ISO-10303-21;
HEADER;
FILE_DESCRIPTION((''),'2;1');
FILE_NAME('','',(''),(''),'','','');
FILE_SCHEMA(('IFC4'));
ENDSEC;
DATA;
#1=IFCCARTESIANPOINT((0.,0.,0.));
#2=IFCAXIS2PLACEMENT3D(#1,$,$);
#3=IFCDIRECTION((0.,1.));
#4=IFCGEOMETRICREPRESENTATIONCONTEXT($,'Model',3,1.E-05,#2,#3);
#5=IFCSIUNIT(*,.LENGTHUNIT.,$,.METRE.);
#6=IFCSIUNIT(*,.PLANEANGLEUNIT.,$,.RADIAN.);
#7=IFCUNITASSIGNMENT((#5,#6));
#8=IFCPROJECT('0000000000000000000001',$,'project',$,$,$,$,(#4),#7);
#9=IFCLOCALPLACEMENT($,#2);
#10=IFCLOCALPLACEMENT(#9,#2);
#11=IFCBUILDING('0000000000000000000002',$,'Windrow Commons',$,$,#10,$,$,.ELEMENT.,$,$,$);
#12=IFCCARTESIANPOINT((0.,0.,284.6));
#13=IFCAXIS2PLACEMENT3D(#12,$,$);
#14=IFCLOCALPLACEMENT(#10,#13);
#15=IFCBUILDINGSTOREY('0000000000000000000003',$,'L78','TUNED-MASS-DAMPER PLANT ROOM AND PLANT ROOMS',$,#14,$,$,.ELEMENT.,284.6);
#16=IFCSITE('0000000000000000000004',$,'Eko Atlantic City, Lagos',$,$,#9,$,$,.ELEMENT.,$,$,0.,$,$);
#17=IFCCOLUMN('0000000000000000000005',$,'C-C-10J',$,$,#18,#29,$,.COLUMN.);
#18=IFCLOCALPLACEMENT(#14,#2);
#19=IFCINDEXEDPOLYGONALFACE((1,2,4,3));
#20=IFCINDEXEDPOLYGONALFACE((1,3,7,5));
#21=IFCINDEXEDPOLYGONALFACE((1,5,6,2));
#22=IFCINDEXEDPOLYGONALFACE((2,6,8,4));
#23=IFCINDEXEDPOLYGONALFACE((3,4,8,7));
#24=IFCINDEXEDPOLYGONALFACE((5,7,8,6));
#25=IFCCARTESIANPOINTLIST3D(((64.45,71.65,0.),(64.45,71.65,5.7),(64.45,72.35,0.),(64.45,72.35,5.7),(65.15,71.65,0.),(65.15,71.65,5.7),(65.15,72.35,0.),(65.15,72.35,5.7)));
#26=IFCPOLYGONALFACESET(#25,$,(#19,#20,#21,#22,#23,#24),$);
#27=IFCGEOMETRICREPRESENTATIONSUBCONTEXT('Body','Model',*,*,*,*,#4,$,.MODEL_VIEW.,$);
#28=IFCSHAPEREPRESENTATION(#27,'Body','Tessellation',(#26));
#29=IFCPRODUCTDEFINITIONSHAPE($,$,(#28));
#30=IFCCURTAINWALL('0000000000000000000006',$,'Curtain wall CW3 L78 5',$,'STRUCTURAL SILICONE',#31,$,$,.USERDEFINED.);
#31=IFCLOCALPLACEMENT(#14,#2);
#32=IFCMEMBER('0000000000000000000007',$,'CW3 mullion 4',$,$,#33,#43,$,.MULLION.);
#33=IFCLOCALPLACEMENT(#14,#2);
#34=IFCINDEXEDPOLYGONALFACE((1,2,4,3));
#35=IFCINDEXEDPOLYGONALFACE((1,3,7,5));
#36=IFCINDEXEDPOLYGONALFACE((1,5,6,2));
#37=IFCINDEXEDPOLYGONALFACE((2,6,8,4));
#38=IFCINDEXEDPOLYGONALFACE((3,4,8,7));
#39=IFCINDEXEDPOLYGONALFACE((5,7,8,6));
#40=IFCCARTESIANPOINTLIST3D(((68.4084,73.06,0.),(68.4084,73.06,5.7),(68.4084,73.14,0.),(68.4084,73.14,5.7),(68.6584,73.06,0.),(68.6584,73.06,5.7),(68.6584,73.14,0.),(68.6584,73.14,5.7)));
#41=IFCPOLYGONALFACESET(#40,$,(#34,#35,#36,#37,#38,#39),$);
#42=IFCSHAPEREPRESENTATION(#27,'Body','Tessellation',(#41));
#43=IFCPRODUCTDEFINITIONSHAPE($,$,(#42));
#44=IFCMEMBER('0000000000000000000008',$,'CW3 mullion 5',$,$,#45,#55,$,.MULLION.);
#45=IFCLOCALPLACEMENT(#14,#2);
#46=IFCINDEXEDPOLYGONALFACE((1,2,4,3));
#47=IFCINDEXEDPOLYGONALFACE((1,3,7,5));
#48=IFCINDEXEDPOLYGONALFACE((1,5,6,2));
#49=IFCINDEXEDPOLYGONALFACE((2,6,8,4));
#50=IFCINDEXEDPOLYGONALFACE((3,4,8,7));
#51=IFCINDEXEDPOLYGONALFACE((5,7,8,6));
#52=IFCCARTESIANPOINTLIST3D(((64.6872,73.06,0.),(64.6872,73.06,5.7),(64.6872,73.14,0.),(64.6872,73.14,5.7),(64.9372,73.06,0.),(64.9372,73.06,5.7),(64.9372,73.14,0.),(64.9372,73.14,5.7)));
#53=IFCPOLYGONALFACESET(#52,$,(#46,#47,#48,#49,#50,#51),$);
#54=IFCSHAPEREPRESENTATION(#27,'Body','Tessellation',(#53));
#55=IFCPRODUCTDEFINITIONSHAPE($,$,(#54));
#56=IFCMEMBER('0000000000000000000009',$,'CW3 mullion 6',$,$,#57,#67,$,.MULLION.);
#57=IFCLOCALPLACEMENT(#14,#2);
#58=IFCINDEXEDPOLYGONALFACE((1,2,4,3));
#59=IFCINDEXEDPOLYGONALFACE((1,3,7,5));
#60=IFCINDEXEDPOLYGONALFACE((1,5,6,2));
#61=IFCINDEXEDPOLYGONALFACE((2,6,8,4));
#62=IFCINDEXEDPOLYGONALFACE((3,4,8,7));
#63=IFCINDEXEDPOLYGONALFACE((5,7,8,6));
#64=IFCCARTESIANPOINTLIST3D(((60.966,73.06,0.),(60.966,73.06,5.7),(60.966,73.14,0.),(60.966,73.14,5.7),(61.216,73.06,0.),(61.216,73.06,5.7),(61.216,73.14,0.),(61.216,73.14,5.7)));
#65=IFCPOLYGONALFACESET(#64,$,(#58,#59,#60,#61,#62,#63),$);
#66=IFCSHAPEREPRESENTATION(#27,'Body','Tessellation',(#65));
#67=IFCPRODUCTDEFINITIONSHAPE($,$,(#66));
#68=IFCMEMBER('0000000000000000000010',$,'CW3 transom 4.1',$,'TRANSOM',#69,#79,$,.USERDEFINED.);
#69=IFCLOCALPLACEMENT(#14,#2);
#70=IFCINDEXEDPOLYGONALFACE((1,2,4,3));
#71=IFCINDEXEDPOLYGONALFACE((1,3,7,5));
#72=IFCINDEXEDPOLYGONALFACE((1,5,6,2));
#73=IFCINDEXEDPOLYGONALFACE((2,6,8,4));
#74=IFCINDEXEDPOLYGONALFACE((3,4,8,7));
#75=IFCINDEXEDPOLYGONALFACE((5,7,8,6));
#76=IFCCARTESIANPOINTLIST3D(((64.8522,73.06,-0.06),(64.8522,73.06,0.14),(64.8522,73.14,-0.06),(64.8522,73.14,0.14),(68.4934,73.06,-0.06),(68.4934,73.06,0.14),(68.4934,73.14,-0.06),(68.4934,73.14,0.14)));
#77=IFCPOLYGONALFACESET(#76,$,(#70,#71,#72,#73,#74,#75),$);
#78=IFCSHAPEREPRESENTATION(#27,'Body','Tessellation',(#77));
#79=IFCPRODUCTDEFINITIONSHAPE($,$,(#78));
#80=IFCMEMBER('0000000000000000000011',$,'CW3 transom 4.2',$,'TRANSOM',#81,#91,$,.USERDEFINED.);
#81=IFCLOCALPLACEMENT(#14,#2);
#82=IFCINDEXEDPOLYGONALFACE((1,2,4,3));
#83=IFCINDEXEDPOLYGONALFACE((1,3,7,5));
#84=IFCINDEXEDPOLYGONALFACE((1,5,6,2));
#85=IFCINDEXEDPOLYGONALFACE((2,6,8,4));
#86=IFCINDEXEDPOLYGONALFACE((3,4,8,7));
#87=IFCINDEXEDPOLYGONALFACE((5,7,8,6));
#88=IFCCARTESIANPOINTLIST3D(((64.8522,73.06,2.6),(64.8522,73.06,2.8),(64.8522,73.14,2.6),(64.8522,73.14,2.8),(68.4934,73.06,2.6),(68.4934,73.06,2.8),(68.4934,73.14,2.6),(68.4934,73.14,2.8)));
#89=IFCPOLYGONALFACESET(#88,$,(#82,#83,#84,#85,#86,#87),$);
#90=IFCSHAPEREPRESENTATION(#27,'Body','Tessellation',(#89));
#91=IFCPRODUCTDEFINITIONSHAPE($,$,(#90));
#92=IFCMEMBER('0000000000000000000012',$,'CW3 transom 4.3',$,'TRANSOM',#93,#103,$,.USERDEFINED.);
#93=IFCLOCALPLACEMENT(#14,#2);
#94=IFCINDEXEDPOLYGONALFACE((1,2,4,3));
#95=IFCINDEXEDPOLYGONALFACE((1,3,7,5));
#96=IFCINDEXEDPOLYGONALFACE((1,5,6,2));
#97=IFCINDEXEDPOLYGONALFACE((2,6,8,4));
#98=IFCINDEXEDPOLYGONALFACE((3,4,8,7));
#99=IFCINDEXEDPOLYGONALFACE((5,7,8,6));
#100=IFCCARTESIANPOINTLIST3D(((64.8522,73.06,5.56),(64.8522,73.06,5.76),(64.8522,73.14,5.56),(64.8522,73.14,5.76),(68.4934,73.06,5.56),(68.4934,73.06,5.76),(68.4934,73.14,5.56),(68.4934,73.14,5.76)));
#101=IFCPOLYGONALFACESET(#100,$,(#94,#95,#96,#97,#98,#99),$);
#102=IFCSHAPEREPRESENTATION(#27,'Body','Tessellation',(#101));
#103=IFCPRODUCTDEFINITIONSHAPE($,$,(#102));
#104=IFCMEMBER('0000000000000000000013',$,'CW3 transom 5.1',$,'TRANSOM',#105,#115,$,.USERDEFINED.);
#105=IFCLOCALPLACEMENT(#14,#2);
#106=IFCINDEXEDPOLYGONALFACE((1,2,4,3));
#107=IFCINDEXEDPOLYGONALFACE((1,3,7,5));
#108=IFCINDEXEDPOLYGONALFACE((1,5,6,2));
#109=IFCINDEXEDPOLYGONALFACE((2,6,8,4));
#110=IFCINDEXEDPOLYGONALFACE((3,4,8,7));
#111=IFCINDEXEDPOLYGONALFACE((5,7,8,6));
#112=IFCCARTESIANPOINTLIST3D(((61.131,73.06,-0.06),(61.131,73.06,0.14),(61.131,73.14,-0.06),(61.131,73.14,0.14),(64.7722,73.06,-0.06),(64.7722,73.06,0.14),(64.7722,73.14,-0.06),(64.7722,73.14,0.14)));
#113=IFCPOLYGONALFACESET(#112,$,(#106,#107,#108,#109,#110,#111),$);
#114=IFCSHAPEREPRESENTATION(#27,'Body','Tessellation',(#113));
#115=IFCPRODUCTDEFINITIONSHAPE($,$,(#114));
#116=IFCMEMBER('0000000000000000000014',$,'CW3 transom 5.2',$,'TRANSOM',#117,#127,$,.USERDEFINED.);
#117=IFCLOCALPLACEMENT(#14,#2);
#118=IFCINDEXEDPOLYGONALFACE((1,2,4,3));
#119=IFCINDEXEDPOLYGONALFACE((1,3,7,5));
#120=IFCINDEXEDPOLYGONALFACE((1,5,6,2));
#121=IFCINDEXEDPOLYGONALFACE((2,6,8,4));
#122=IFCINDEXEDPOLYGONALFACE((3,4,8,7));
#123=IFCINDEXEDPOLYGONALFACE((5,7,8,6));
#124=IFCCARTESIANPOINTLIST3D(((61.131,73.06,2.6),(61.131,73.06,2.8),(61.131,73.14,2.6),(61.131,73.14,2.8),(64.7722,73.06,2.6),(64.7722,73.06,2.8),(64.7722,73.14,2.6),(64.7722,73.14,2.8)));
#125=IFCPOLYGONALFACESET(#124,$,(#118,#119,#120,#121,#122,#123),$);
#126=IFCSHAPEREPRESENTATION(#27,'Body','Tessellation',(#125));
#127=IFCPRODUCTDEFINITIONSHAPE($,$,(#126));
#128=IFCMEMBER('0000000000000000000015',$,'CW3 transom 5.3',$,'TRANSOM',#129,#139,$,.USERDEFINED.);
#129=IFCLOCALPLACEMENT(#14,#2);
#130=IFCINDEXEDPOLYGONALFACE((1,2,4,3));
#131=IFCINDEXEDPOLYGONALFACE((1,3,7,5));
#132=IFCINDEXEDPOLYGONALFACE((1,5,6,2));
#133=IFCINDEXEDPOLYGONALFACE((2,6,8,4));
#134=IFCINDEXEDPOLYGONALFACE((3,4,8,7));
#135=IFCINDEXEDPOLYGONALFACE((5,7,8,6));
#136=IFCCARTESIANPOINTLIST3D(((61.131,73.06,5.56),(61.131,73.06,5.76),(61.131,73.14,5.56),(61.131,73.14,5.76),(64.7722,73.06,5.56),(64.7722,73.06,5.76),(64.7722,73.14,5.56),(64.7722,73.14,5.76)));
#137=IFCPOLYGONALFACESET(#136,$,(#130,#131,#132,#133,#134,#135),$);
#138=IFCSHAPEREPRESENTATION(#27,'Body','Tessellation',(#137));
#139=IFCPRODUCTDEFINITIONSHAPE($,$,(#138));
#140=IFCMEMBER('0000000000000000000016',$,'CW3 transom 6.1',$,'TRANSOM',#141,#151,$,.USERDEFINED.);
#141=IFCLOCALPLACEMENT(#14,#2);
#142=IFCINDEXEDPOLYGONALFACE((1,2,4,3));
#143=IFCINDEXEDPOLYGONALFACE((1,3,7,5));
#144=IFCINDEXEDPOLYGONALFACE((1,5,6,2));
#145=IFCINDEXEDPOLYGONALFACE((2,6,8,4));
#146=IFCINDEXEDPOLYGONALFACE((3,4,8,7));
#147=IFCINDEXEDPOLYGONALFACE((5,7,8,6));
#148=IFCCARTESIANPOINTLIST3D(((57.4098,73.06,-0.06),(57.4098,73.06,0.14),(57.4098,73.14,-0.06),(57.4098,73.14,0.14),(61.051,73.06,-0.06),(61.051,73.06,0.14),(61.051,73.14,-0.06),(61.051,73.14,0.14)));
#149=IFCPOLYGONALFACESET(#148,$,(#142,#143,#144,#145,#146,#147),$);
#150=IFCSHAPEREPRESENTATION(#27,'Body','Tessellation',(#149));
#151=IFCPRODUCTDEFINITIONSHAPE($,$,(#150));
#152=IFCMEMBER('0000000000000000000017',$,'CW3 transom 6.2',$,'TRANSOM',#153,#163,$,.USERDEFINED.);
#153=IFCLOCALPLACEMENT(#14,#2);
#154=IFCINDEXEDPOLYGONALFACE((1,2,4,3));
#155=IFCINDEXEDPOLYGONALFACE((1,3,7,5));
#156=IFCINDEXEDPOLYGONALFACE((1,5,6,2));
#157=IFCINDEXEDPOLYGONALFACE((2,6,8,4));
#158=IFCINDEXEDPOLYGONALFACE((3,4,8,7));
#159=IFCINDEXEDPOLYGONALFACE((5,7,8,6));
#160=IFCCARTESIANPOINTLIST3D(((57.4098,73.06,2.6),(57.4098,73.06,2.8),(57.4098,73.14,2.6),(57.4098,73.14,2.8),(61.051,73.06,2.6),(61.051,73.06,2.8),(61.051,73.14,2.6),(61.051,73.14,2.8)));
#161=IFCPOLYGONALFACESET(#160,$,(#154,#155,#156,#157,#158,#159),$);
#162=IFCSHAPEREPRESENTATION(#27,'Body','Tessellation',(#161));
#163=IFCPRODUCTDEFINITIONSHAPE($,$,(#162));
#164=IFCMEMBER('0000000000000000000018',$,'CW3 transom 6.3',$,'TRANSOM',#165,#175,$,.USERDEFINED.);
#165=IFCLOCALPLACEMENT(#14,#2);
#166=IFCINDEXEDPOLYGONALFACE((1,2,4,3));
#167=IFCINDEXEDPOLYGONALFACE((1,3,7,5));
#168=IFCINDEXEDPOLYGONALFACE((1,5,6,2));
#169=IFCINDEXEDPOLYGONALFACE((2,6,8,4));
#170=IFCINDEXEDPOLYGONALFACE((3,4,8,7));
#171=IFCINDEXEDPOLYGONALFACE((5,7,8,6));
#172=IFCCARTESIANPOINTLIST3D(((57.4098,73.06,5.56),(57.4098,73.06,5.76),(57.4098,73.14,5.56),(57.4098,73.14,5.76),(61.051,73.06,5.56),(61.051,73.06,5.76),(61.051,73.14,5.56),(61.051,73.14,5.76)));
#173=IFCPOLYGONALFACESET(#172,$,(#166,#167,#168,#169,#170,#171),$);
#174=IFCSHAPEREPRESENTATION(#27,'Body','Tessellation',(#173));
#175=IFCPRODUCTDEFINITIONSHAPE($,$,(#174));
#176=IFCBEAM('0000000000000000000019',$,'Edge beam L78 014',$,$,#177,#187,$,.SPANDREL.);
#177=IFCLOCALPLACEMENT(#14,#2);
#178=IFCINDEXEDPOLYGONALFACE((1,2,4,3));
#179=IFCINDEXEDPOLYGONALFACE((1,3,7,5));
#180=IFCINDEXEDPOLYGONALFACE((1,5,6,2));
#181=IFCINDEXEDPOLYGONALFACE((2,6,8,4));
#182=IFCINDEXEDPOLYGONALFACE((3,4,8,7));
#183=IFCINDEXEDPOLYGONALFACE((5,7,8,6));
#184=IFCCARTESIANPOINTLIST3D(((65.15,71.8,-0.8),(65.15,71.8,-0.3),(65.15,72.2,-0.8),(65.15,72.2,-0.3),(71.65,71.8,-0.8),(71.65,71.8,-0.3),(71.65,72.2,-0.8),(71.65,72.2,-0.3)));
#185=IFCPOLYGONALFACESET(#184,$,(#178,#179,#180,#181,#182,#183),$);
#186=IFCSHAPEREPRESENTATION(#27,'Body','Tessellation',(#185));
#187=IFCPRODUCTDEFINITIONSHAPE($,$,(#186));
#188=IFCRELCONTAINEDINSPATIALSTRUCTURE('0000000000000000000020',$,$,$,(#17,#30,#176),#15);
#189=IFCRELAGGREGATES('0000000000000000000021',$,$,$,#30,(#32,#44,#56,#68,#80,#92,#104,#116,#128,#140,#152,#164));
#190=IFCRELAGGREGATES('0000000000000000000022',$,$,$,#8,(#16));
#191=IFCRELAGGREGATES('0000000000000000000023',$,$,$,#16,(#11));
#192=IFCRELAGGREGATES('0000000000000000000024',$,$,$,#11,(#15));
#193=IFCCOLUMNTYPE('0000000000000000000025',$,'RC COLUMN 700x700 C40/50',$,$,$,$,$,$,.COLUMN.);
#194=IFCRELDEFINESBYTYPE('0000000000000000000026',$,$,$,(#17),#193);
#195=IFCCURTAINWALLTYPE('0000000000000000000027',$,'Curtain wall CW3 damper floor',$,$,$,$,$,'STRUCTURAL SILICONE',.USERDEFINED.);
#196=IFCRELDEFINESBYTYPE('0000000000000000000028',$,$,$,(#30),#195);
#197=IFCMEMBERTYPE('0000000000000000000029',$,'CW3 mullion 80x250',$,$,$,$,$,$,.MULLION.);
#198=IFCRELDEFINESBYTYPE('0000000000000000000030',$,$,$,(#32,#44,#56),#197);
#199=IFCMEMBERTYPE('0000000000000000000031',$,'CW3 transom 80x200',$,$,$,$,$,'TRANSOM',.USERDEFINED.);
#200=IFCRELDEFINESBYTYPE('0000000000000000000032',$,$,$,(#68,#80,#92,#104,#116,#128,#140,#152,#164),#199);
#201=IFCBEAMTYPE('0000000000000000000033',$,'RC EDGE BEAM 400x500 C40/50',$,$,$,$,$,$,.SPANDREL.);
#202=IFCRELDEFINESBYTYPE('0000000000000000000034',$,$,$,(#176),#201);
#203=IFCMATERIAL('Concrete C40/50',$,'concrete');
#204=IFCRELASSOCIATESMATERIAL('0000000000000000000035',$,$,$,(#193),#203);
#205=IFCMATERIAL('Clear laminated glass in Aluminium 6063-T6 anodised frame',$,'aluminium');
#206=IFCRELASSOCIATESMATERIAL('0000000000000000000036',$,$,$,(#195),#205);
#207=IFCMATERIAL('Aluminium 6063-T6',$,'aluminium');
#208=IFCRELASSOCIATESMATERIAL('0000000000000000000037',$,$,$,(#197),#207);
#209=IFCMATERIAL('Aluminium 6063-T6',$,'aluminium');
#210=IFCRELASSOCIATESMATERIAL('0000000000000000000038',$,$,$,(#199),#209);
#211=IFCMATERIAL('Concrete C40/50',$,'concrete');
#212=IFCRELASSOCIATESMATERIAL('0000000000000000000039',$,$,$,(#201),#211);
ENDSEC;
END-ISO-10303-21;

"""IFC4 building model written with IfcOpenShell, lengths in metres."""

from ifc_helpers import new_model, si_unit, direction, frame, origin, origin_2d, place, context, subcontext, project, spatial, rectangle, extrude, material, material_profile, profile_set, type_object, element, aggregate, save


model = new_model("IFC4")

# Units and contexts
model_context = context("Model", 3, precision=1e-05, world=origin(), true_north=direction((0.0, 1.0)))
body_context = subcontext(model_context, "Body", "Model", "MODEL_VIEW")
ifc_project = project(units=[si_unit("LENGTHUNIT", "METRE"), si_unit("PLANEANGLEUNIT", "RADIAN")], contexts=[model_context])

# Site, building, storey
site_placement = place(None, origin())
site = spatial("IfcSite", under=ifc_project, at=site_placement, Name="Eko Atlantic City, Lagos", CompositionType="ELEMENT", RefElevation=0.0)
building_placement = place(site_placement, origin())
building = spatial("IfcBuilding", under=site, at=building_placement, Name="Windrow Commons", CompositionType="ELEMENT")
storey_placement = place(building_placement, frame((0.0, 0.0, 284.6)))
storey = spatial("IfcBuildingStorey", under=building, at=storey_placement, Name="L78", Description="TUNED-MASS-DAMPER PLANT ROOM AND PLANT ROOMS", CompositionType="ELEMENT", Elevation=284.6)

# Column
ifc_material_1 = material(Name="Concrete C40/50", Category="concrete")
ifc_material_profile_1 = material_profile(ifc_material_1, rectangle(XDim=0.7, YDim=0.7, at=origin_2d()))
ifc_profile_set_1 = profile_set([ifc_material_profile_1], Name="Concrete C40/50")
column_type = type_object("IfcColumnType", Name="RC COLUMN 700x700 C40/50", PredefinedType="COLUMN", material=ifc_profile_set_1)
column_placement = place(storey_placement, frame((64.8, 72.0, 0.0), z_axis=(0.0, 0.0, 1.0), x_axis=(1.0, 0.0, 0.0)))
element("IfcColumn", 1, at=column_placement, inside=storey, type_object=column_type, Name="C-C-10J", PredefinedType="COLUMN", context=body_context, shape_type="SweptSolid", body=[
    extrude(rectangle(XDim=0.7, YDim=0.7, at=origin_2d()), origin(), (0.0, 0.0, 1.0), 5.7),
])

# Curtain wall, members
ifc_material_2 = material(Name="Clear laminated glass in Aluminium 6063-T6 anodised frame", Category="aluminium")
curtain_wall_type = type_object("IfcCurtainWallType", Name="Curtain wall CW3 damper floor", ElementType="STRUCTURAL SILICONE", PredefinedType="USERDEFINED", material=ifc_material_2)
curtain_wall_placement = place(storey_placement, origin())
curtain_wall = element("IfcCurtainWall", 2, at=curtain_wall_placement, inside=storey, type_object=curtain_wall_type, Name="Curtain wall CW3 L78 5", ObjectType="STRUCTURAL SILICONE", PredefinedType="USERDEFINED")
ifc_material_3 = material(Name="Aluminium 6063-T6", Category="aluminium")
ifc_material_profile_2 = material_profile(ifc_material_3, rectangle(XDim=0.08, YDim=0.25, at=origin_2d()))
ifc_profile_set_2 = profile_set([ifc_material_profile_2], Name="Aluminium 6063-T6")
member_type_1 = type_object("IfcMemberType", Name="CW3 mullion 80x250", PredefinedType="MULLION", material=ifc_profile_set_2)
member_1_placement = place(storey_placement, frame((68.5334, 73.1, 0.0), z_axis=(0.0, 0.0, 1.0), x_axis=(0.0, -1.0, 0.0)))
member_1 = element("IfcMember", 3, at=member_1_placement, type_object=member_type_1, Name="CW3 mullion 4", PredefinedType="MULLION", context=body_context, shape_type="SweptSolid", body=[
    extrude(rectangle(XDim=0.08, YDim=0.25, at=origin_2d()), origin(), (0.0, 0.0, 1.0), 5.7),
])
member_2_placement = place(storey_placement, frame((64.8122, 73.1, 0.0), z_axis=(0.0, 0.0, 1.0), x_axis=(0.0, -1.0, 0.0)))
member_2 = element("IfcMember", 4, at=member_2_placement, type_object=member_type_1, Name="CW3 mullion 5", PredefinedType="MULLION", context=body_context, shape_type="SweptSolid", body=[
    extrude(rectangle(XDim=0.08, YDim=0.25, at=origin_2d()), origin(), (0.0, 0.0, 1.0), 5.7),
])
member_3_placement = place(storey_placement, frame((61.091, 73.1, 0.0), z_axis=(0.0, 0.0, 1.0), x_axis=(0.0, -1.0, 0.0)))
member_3 = element("IfcMember", 5, at=member_3_placement, type_object=member_type_1, Name="CW3 mullion 6", PredefinedType="MULLION", context=body_context, shape_type="SweptSolid", body=[
    extrude(rectangle(XDim=0.08, YDim=0.25, at=origin_2d()), origin(), (0.0, 0.0, 1.0), 5.7),
])
ifc_material_4 = material(Name="Aluminium 6063-T6", Category="aluminium")
ifc_material_profile_3 = material_profile(ifc_material_4, rectangle(XDim=0.08, YDim=0.2, at=origin_2d()))
ifc_profile_set_3 = profile_set([ifc_material_profile_3], Name="Aluminium 6063-T6")
member_type_2 = type_object("IfcMemberType", Name="CW3 transom 80x200", ElementType="TRANSOM", PredefinedType="USERDEFINED", material=ifc_profile_set_3)
member_4_placement = place(storey_placement, frame((68.4934, 73.1, 0.04), z_axis=(-1.0, 0.0, 0.0), x_axis=(0.0, -1.0, 0.0)))
member_4 = element("IfcMember", 6, at=member_4_placement, type_object=member_type_2, Name="CW3 transom 4.1", ObjectType="TRANSOM", PredefinedType="USERDEFINED", context=body_context, shape_type="SweptSolid", body=[
    extrude(rectangle(XDim=0.08, YDim=0.2, at=origin_2d()), origin(), (0.0, 0.0, 1.0), 3.6412),
])
member_5_placement = place(storey_placement, frame((68.4934, 73.1, 2.7), z_axis=(-1.0, 0.0, 0.0), x_axis=(0.0, -1.0, 0.0)))
member_5 = element("IfcMember", 7, at=member_5_placement, type_object=member_type_2, Name="CW3 transom 4.2", ObjectType="TRANSOM", PredefinedType="USERDEFINED", context=body_context, shape_type="SweptSolid", body=[
    extrude(rectangle(XDim=0.08, YDim=0.2, at=origin_2d()), origin(), (0.0, 0.0, 1.0), 3.6412),
])
member_6_placement = place(storey_placement, frame((68.4934, 73.1, 5.66), z_axis=(-1.0, 0.0, 0.0), x_axis=(0.0, -1.0, 0.0)))
member_6 = element("IfcMember", 8, at=member_6_placement, type_object=member_type_2, Name="CW3 transom 4.3", ObjectType="TRANSOM", PredefinedType="USERDEFINED", context=body_context, shape_type="SweptSolid", body=[
    extrude(rectangle(XDim=0.08, YDim=0.2, at=origin_2d()), origin(), (0.0, 0.0, 1.0), 3.6412),
])
member_7_placement = place(storey_placement, frame((64.7722, 73.1, 0.04), z_axis=(-1.0, 0.0, 0.0), x_axis=(0.0, -1.0, 0.0)))
member_7 = element("IfcMember", 9, at=member_7_placement, type_object=member_type_2, Name="CW3 transom 5.1", ObjectType="TRANSOM", PredefinedType="USERDEFINED", context=body_context, shape_type="SweptSolid", body=[
    extrude(rectangle(XDim=0.08, YDim=0.2, at=origin_2d()), origin(), (0.0, 0.0, 1.0), 3.6412),
])
member_8_placement = place(storey_placement, frame((64.7722, 73.1, 2.7), z_axis=(-1.0, 0.0, 0.0), x_axis=(0.0, -1.0, 0.0)))
member_8 = element("IfcMember", 10, at=member_8_placement, type_object=member_type_2, Name="CW3 transom 5.2", ObjectType="TRANSOM", PredefinedType="USERDEFINED", context=body_context, shape_type="SweptSolid", body=[
    extrude(rectangle(XDim=0.08, YDim=0.2, at=origin_2d()), origin(), (0.0, 0.0, 1.0), 3.6412),
])
member_9_placement = place(storey_placement, frame((64.7722, 73.1, 5.66), z_axis=(-1.0, 0.0, 0.0), x_axis=(0.0, -1.0, 0.0)))
member_9 = element("IfcMember", 11, at=member_9_placement, type_object=member_type_2, Name="CW3 transom 5.3", ObjectType="TRANSOM", PredefinedType="USERDEFINED", context=body_context, shape_type="SweptSolid", body=[
    extrude(rectangle(XDim=0.08, YDim=0.2, at=origin_2d()), origin(), (0.0, 0.0, 1.0), 3.6412),
])
member_10_placement = place(storey_placement, frame((61.051, 73.1, 0.04), z_axis=(-1.0, 0.0, 0.0), x_axis=(0.0, -1.0, 0.0)))
member_10 = element("IfcMember", 12, at=member_10_placement, type_object=member_type_2, Name="CW3 transom 6.1", ObjectType="TRANSOM", PredefinedType="USERDEFINED", context=body_context, shape_type="SweptSolid", body=[
    extrude(rectangle(XDim=0.08, YDim=0.2, at=origin_2d()), origin(), (0.0, 0.0, 1.0), 3.6412),
])
member_11_placement = place(storey_placement, frame((61.051, 73.1, 2.7), z_axis=(-1.0, 0.0, 0.0), x_axis=(0.0, -1.0, 0.0)))
member_11 = element("IfcMember", 13, at=member_11_placement, type_object=member_type_2, Name="CW3 transom 6.2", ObjectType="TRANSOM", PredefinedType="USERDEFINED", context=body_context, shape_type="SweptSolid", body=[
    extrude(rectangle(XDim=0.08, YDim=0.2, at=origin_2d()), origin(), (0.0, 0.0, 1.0), 3.6412),
])
member_12_placement = place(storey_placement, frame((61.051, 73.1, 5.66), z_axis=(-1.0, 0.0, 0.0), x_axis=(0.0, -1.0, 0.0)))
member_12 = element("IfcMember", 14, at=member_12_placement, type_object=member_type_2, Name="CW3 transom 6.3", ObjectType="TRANSOM", PredefinedType="USERDEFINED", context=body_context, shape_type="SweptSolid", body=[
    extrude(rectangle(XDim=0.08, YDim=0.2, at=origin_2d()), origin(), (0.0, 0.0, 1.0), 3.6412),
])

# Beam
ifc_material_5 = material(Name="Concrete C40/50", Category="concrete")
ifc_material_profile_4 = material_profile(ifc_material_5, rectangle(XDim=0.4, YDim=0.5, at=origin_2d()))
ifc_profile_set_4 = profile_set([ifc_material_profile_4], Name="Concrete C40/50")
beam_type = type_object("IfcBeamType", Name="RC EDGE BEAM 400x500 C40/50", PredefinedType="SPANDREL", material=ifc_profile_set_4)
beam_placement = place(storey_placement, frame((65.15, 72.0, -0.55), z_axis=(1.0, 0.0, 0.0), x_axis=(0.0, 1.0, 0.0)))
element("IfcBeam", 15, at=beam_placement, inside=storey, type_object=beam_type, Name="Edge beam L78 014", PredefinedType="SPANDREL", context=body_context, shape_type="SweptSolid", body=[
    extrude(rectangle(XDim=0.4, YDim=0.5, at=origin_2d()), origin(), (0.0, 0.0, 1.0), 6.5),
])

aggregate(curtain_wall, [member_1, member_2, member_3, member_4, member_5, member_6, member_7, member_8, member_9, member_10, member_11, member_12])

save(model, "model.ifc")
